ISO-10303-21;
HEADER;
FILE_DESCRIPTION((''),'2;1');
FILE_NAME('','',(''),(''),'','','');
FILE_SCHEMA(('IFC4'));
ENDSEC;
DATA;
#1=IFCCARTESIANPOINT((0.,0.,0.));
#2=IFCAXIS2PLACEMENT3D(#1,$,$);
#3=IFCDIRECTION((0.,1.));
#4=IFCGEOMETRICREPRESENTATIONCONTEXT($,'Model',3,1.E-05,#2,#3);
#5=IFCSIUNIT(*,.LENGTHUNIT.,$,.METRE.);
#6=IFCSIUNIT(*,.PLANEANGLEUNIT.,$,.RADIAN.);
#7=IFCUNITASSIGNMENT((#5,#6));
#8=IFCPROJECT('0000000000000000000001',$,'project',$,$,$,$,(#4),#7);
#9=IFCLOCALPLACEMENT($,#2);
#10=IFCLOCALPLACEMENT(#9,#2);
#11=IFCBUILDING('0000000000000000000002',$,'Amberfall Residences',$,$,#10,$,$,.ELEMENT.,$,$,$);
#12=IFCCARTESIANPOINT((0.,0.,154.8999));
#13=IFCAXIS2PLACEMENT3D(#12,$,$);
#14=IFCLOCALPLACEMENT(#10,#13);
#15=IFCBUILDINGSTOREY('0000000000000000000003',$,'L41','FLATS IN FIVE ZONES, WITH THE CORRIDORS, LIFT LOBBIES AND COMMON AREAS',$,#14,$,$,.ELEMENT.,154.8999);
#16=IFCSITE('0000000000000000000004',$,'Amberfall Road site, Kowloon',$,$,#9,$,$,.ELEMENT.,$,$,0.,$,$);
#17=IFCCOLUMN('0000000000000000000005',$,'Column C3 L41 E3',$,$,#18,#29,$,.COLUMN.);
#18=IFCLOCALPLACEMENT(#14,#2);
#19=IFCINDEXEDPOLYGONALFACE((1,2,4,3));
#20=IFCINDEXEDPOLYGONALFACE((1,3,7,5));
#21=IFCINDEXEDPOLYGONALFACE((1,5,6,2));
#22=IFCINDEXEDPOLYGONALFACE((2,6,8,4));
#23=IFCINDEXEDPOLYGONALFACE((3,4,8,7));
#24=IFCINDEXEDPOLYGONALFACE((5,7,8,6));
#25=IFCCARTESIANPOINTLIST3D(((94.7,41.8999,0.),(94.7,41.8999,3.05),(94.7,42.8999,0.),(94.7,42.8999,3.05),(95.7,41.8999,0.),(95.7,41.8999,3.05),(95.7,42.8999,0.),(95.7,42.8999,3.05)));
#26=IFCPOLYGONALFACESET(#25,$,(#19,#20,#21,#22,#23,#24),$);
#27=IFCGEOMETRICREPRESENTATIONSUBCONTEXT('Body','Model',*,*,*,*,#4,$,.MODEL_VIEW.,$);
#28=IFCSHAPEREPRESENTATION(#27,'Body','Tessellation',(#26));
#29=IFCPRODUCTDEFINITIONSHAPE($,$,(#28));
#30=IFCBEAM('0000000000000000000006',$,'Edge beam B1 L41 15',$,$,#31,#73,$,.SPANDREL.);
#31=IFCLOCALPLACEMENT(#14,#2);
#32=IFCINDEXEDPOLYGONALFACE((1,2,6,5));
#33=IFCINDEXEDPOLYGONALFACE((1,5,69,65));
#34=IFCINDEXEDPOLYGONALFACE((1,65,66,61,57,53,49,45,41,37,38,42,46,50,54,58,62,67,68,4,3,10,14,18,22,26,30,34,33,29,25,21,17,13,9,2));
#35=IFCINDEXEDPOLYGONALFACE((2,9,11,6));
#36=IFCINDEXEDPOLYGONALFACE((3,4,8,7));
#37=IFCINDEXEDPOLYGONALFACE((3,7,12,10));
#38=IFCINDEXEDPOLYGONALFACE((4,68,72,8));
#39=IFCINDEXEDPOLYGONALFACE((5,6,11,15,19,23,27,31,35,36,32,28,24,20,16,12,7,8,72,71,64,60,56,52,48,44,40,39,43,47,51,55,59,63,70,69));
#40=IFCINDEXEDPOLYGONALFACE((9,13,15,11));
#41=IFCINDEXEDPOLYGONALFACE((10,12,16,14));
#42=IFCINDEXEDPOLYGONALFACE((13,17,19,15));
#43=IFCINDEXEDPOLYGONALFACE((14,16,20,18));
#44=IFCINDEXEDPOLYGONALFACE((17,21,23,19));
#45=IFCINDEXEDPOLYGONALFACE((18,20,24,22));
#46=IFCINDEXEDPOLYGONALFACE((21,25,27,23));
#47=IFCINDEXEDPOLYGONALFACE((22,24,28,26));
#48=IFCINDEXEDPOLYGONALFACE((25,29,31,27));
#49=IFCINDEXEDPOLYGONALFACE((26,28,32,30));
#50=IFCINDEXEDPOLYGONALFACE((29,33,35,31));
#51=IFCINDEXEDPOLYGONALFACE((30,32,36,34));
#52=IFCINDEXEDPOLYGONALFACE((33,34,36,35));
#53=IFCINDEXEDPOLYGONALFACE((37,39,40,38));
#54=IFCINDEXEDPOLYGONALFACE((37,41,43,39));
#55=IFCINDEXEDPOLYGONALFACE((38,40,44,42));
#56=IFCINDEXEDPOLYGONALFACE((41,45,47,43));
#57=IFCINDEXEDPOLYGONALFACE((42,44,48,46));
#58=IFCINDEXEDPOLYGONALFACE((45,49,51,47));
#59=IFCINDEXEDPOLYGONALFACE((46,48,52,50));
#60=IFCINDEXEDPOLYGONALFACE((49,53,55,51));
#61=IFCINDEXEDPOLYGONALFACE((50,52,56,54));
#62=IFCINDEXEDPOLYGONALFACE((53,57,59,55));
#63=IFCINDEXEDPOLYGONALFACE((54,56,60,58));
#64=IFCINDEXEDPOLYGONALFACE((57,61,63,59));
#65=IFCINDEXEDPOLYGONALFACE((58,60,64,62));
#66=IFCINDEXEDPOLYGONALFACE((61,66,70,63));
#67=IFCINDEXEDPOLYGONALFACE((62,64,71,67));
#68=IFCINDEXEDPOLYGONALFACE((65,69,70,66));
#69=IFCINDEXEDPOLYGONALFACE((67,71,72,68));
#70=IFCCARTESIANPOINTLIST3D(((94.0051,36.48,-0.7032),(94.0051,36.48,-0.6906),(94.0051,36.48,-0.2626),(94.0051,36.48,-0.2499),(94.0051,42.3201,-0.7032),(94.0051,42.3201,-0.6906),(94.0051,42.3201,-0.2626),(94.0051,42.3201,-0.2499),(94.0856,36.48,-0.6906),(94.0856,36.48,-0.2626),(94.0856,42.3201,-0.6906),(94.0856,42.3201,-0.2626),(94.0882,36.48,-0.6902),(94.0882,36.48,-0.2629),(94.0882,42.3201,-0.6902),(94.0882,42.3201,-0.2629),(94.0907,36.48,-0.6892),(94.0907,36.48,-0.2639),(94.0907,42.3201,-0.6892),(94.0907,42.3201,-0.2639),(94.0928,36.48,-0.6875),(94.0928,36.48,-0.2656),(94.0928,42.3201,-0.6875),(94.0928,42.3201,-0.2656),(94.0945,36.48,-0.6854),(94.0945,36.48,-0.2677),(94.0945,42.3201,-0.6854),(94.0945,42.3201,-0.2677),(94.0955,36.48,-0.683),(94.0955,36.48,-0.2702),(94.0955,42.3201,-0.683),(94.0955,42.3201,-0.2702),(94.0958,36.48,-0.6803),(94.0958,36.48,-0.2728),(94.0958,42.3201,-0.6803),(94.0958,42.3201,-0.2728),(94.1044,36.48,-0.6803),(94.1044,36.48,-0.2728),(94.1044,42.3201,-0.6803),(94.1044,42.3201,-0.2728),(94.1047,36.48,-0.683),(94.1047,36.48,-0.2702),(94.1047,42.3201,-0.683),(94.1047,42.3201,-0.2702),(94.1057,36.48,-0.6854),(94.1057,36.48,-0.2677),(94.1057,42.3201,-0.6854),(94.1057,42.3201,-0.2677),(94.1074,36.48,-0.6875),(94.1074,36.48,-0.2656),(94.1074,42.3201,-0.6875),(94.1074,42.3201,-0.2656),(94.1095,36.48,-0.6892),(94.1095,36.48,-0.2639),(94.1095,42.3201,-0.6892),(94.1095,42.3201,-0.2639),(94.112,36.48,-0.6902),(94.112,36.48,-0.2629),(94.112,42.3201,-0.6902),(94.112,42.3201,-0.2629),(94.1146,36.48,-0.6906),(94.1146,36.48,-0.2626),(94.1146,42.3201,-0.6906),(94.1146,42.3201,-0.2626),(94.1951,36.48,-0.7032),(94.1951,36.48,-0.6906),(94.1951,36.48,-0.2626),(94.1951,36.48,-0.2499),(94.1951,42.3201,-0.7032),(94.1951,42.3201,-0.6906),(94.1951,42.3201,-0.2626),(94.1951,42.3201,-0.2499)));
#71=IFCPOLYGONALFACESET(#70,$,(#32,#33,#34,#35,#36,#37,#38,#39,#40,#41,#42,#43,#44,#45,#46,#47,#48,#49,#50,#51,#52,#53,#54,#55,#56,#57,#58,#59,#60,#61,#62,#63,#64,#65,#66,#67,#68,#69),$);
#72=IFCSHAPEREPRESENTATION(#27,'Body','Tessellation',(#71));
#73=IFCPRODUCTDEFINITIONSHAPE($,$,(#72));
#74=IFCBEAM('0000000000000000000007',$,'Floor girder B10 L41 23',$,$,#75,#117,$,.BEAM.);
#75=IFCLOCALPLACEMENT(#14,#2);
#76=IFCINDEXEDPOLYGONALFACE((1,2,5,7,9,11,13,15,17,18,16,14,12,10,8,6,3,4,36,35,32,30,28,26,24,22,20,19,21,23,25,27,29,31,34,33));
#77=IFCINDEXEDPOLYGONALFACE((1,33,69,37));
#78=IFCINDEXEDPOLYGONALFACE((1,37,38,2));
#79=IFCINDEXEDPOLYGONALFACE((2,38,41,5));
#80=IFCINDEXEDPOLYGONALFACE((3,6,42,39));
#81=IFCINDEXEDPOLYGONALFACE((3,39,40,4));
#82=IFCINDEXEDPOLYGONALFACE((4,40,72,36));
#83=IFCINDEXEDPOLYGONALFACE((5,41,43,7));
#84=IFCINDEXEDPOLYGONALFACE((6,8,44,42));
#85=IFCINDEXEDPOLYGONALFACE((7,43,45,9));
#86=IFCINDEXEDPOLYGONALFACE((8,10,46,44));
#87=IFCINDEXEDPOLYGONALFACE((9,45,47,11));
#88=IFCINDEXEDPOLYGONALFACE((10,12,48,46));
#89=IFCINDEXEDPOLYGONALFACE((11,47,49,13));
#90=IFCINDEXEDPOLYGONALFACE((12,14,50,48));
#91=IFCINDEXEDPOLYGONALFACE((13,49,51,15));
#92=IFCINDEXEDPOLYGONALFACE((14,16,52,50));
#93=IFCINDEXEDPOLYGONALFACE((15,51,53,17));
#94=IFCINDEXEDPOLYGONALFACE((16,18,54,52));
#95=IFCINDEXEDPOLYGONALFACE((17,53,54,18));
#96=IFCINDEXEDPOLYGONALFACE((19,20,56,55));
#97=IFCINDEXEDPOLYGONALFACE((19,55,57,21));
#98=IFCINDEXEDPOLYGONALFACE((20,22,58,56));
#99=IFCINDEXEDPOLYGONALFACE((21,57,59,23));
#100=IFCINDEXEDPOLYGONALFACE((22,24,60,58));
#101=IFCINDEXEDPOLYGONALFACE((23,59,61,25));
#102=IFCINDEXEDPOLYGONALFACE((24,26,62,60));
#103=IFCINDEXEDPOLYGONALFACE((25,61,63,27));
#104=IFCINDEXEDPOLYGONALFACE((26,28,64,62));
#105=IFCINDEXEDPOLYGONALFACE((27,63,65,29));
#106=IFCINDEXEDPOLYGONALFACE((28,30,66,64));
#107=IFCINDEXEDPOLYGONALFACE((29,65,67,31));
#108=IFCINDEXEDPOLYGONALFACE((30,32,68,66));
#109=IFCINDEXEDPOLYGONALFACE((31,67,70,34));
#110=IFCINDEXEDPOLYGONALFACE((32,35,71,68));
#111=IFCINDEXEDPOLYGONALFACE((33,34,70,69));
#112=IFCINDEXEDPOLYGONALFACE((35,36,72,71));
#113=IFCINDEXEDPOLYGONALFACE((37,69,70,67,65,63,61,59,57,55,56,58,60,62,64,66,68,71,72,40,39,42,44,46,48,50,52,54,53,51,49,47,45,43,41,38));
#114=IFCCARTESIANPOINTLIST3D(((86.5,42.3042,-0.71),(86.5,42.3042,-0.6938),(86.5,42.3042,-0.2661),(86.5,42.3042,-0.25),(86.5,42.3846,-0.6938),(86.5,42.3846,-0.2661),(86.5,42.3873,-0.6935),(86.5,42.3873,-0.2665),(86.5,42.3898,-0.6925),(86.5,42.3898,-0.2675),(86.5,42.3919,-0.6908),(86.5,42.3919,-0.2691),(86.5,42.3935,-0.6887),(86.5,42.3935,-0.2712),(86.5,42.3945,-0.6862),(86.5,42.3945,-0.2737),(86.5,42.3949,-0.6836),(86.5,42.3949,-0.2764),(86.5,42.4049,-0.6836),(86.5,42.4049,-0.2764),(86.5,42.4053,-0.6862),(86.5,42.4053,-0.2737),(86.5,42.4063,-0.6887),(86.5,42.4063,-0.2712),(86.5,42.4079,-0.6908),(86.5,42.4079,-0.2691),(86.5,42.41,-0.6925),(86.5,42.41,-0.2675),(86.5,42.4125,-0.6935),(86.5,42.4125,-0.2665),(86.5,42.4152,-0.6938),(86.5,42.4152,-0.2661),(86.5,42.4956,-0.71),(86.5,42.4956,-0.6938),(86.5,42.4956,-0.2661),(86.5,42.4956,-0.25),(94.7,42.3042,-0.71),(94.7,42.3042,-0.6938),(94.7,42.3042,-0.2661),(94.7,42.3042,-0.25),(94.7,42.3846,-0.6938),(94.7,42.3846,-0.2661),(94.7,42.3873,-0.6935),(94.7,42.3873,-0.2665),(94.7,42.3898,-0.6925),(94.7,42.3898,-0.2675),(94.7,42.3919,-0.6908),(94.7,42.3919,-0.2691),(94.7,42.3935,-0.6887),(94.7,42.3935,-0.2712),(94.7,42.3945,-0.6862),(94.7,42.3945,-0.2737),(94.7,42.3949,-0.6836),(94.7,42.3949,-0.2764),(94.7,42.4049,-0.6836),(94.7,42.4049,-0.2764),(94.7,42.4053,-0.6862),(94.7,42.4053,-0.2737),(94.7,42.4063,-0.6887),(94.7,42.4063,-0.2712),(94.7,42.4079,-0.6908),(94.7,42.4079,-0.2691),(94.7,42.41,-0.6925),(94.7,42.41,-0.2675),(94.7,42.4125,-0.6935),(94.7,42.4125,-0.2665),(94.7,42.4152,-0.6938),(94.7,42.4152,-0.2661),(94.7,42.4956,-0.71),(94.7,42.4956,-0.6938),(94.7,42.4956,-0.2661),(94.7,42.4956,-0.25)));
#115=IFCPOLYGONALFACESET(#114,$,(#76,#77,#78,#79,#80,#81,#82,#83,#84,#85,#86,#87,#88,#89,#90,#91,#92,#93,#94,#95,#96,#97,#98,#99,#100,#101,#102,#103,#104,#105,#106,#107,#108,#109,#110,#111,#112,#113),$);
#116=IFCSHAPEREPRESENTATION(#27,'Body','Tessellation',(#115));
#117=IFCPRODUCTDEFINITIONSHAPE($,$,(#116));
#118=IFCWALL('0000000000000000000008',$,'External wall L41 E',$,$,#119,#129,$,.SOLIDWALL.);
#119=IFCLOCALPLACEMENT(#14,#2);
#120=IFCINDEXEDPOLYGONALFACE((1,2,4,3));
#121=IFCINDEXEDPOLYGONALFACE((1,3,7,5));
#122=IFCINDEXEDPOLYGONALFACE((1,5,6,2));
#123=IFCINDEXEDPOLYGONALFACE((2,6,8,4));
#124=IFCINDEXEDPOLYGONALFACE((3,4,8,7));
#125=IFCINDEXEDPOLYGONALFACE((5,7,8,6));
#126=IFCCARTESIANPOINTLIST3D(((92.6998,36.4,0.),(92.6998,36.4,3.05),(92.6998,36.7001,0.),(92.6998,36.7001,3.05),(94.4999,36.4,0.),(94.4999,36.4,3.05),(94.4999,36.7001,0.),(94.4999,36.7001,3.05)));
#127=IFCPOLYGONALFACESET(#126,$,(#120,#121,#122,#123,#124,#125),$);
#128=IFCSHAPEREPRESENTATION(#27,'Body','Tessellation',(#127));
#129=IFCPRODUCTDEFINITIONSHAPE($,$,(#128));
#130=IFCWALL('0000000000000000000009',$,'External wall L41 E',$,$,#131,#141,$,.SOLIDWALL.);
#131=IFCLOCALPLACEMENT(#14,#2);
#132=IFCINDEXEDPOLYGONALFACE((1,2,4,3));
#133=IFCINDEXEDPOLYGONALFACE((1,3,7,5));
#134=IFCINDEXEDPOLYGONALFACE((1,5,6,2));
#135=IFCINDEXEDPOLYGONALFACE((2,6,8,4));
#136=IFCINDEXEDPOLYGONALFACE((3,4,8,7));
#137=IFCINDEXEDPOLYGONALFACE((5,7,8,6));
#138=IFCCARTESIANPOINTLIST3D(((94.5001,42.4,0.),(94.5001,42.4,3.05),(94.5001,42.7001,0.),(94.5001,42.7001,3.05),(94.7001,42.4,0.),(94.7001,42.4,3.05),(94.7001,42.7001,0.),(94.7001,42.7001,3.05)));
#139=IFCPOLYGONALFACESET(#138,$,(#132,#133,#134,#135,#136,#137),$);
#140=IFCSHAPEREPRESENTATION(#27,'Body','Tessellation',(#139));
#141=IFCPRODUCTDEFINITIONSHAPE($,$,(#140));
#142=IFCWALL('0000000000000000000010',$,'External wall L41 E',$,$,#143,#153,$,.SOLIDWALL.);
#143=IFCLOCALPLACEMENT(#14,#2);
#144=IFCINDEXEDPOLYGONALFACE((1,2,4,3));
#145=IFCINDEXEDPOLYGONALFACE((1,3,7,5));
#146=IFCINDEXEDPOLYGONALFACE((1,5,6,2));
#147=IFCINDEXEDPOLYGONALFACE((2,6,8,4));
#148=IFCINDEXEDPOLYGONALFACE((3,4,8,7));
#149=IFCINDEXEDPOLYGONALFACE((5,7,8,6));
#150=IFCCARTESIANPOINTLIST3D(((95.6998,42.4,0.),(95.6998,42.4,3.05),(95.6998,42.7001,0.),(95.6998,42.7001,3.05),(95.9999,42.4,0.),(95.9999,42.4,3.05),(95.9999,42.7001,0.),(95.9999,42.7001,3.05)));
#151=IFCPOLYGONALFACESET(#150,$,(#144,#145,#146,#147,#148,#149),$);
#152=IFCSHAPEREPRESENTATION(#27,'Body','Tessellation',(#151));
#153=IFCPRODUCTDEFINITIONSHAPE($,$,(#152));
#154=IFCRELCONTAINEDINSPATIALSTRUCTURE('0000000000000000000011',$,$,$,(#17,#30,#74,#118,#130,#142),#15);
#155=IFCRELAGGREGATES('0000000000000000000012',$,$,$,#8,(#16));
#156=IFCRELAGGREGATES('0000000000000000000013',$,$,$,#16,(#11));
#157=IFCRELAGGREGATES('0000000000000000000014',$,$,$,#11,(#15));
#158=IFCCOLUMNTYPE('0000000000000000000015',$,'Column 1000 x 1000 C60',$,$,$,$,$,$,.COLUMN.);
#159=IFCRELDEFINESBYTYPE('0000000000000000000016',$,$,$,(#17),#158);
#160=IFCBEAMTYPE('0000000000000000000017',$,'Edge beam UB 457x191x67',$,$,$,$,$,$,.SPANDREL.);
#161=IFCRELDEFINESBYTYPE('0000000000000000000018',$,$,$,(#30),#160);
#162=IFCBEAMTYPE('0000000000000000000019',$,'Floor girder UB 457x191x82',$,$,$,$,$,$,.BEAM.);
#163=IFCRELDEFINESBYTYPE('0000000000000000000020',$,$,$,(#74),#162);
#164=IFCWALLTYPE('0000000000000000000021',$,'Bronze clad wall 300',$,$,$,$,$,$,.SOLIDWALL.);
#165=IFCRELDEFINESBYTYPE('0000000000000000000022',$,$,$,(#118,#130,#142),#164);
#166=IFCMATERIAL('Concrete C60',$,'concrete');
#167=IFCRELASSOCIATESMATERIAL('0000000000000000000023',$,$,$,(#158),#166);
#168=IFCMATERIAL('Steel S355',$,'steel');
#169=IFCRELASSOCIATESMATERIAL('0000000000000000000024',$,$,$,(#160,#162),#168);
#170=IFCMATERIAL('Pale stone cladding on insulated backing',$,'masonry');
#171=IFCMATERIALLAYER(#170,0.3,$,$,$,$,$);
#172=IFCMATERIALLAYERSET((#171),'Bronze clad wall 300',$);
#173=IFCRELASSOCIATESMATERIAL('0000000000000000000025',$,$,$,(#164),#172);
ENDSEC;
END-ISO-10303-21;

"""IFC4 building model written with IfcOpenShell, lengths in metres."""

from ifc_helpers import new_model, si_unit, direction, frame, frame_2d, origin, origin_2d, place, context, subcontext, project, spatial, rectangle, i_section, extrude, material, layer, layer_set, material_profile, profile_set, type_object, element, save


model = new_model("IFC4")

# Units and contexts
model_context = context("Model", 3, precision=1e-05, world=origin(), true_north=direction((0.0, 1.0)))
body_context = subcontext(model_context, "Body", "Model", "MODEL_VIEW")
ifc_project = project(units=[si_unit("LENGTHUNIT", "METRE"), si_unit("PLANEANGLEUNIT", "RADIAN")], contexts=[model_context])

# Site, building, storey
site_placement = place(None, origin())
site = spatial("IfcSite", under=ifc_project, at=site_placement, Name="Amberfall Road site, Kowloon", CompositionType="ELEMENT", RefElevation=0.0)
building_placement = place(site_placement, origin())
building = spatial("IfcBuilding", under=site, at=building_placement, Name="Amberfall Residences", CompositionType="ELEMENT")
storey_placement = place(building_placement, frame((0.0, 0.0, 154.8999)))
storey = spatial("IfcBuildingStorey", under=building, at=storey_placement, Name="L41", Description="FLATS IN FIVE ZONES, WITH THE CORRIDORS, LIFT LOBBIES AND COMMON AREAS", CompositionType="ELEMENT", Elevation=154.8999)

# Column
ifc_material_1 = material(Name="Concrete C60", Category="concrete")
ifc_material_profile_1 = material_profile(ifc_material_1, rectangle(XDim=1.0, YDim=1.0, at=origin_2d()), Name="Column 1000 x 1000 C60")
ifc_profile_set_1 = profile_set([ifc_material_profile_1], Name="Concrete C60")
column_type = type_object("IfcColumnType", Name="Column 1000 x 1000 C60", PredefinedType="COLUMN", material=ifc_profile_set_1)
column_placement = place(storey_placement, frame((95.2, 42.3999, 0.0), z_axis=(0.0, 0.0, 1.0), x_axis=(1.0, 0.0, 0.0)))
element("IfcColumn", 1, at=column_placement, inside=storey, type_object=column_type, Name="Column C3 L41 E3", PredefinedType="COLUMN", context=body_context, shape_type="SweptSolid", body=[
    extrude(rectangle(XDim=1.0, YDim=1.0, at=origin_2d()), origin(), (0.0, 0.0, 1.0), 3.05),
])

# Beams
ifc_material_2 = material(Name="Steel S355", Category="steel")
ifc_material_profile_2 = material_profile(ifc_material_2, i_section(OverallWidth=0.1899, OverallDepth=0.4534, WebThickness=0.0085, FlangeThickness=0.0127, FilletRadius=0.0103, at=origin_2d()), Name="UB 457x191x67")
ifc_profile_set_2 = profile_set([ifc_material_profile_2], Name="Steel S355")
beam_type_1 = type_object("IfcBeamType", Name="Edge beam UB 457x191x67", PredefinedType="SPANDREL", material=ifc_profile_set_2)
beam_1_placement = place(storey_placement, frame((94.1001, 36.48, -0.4766), z_axis=(0.0, 1.0, 0.0), x_axis=(-1.0, 0.0, 0.0)))
element("IfcBeam", 2, at=beam_1_placement, inside=storey, type_object=beam_type_1, Name="Edge beam B1 L41 15", PredefinedType="SPANDREL", context=body_context, shape_type="SweptSolid", body=[
    extrude(i_section(OverallWidth=0.1899, OverallDepth=0.4534, WebThickness=0.0085, FlangeThickness=0.0127, FilletRadius=0.0103, at=origin_2d()), origin(), (0.0, 0.0, 1.0), 5.8401),
])
ifc_material_profile_3 = material_profile(ifc_material_2, i_section(OverallWidth=0.1914, OverallDepth=0.46, WebThickness=0.01, FlangeThickness=0.0161, FilletRadius=0.0103, at=origin_2d()), Name="UB 457x191x82")
ifc_profile_set_3 = profile_set([ifc_material_profile_3], Name="Steel S355")
beam_type_2 = type_object("IfcBeamType", Name="Floor girder UB 457x191x82", PredefinedType="BEAM", material=ifc_profile_set_3)
beam_2_placement = place(storey_placement, frame((94.7, 42.3999, -0.48), z_axis=(-1.0, 0.0, 0.0), x_axis=(0.0, -1.0, 0.0)))
element("IfcBeam", 3, at=beam_2_placement, inside=storey, type_object=beam_type_2, Name="Floor girder B10 L41 23", PredefinedType="BEAM", context=body_context, shape_type="SweptSolid", body=[
    extrude(i_section(OverallWidth=0.1914, OverallDepth=0.46, WebThickness=0.01, FlangeThickness=0.0161, FilletRadius=0.0103, at=origin_2d()), origin(), (0.0, 0.0, 1.0), 8.2),
])

# Walls
ifc_material_3 = material(Name="Pale stone cladding on insulated backing", Category="masonry")
ifc_layer_1 = layer(ifc_material_3, 0.3)
ifc_layer_set_1 = layer_set([ifc_layer_1], Name="Bronze clad wall 300")
wall_type_1 = type_object("IfcWallType", Name="Bronze clad wall 300", PredefinedType="SOLIDWALL", material=ifc_layer_set_1)
wall_1_placement = place(storey_placement, frame((92.7, 36.55, 0.0), z_axis=(0.0, 0.0, 1.0), x_axis=(1.0, 0.0, 0.0)))
element("IfcWall", 4, at=wall_1_placement, inside=storey, type_object=wall_type_1, Name="External wall L41 E", PredefinedType="SOLIDWALL", context=body_context, shape_type="SweptSolid", body=[
    extrude(rectangle(XDim=1.8, YDim=0.3, at=frame_2d((0.8999, 0.0))), origin(), (0.0, 0.0, 1.0), 3.05),
])
wall_2_placement = place(storey_placement, frame((94.5, 42.55, 0.0), z_axis=(0.0, 0.0, 1.0), x_axis=(1.0, 0.0, 0.0)))
element("IfcWall", 5, at=wall_2_placement, inside=storey, type_object=wall_type_1, Name="External wall L41 E", PredefinedType="SOLIDWALL", context=body_context, shape_type="SweptSolid", body=[
    extrude(rectangle(XDim=0.2, YDim=0.3, at=frame_2d((0.1001, 0.0))), origin(), (0.0, 0.0, 1.0), 3.05),
])
wall_3_placement = place(storey_placement, frame((95.7, 42.55, 0.0), z_axis=(0.0, 0.0, 1.0), x_axis=(1.0, 0.0, 0.0)))
element("IfcWall", 6, at=wall_3_placement, inside=storey, type_object=wall_type_1, Name="External wall L41 E", PredefinedType="SOLIDWALL", context=body_context, shape_type="SweptSolid", body=[
    extrude(rectangle(XDim=0.3, YDim=0.3, at=frame_2d((0.1499, 0.0))), origin(), (0.0, 0.0, 1.0), 3.05),
])

save(model, "model.ifc")
